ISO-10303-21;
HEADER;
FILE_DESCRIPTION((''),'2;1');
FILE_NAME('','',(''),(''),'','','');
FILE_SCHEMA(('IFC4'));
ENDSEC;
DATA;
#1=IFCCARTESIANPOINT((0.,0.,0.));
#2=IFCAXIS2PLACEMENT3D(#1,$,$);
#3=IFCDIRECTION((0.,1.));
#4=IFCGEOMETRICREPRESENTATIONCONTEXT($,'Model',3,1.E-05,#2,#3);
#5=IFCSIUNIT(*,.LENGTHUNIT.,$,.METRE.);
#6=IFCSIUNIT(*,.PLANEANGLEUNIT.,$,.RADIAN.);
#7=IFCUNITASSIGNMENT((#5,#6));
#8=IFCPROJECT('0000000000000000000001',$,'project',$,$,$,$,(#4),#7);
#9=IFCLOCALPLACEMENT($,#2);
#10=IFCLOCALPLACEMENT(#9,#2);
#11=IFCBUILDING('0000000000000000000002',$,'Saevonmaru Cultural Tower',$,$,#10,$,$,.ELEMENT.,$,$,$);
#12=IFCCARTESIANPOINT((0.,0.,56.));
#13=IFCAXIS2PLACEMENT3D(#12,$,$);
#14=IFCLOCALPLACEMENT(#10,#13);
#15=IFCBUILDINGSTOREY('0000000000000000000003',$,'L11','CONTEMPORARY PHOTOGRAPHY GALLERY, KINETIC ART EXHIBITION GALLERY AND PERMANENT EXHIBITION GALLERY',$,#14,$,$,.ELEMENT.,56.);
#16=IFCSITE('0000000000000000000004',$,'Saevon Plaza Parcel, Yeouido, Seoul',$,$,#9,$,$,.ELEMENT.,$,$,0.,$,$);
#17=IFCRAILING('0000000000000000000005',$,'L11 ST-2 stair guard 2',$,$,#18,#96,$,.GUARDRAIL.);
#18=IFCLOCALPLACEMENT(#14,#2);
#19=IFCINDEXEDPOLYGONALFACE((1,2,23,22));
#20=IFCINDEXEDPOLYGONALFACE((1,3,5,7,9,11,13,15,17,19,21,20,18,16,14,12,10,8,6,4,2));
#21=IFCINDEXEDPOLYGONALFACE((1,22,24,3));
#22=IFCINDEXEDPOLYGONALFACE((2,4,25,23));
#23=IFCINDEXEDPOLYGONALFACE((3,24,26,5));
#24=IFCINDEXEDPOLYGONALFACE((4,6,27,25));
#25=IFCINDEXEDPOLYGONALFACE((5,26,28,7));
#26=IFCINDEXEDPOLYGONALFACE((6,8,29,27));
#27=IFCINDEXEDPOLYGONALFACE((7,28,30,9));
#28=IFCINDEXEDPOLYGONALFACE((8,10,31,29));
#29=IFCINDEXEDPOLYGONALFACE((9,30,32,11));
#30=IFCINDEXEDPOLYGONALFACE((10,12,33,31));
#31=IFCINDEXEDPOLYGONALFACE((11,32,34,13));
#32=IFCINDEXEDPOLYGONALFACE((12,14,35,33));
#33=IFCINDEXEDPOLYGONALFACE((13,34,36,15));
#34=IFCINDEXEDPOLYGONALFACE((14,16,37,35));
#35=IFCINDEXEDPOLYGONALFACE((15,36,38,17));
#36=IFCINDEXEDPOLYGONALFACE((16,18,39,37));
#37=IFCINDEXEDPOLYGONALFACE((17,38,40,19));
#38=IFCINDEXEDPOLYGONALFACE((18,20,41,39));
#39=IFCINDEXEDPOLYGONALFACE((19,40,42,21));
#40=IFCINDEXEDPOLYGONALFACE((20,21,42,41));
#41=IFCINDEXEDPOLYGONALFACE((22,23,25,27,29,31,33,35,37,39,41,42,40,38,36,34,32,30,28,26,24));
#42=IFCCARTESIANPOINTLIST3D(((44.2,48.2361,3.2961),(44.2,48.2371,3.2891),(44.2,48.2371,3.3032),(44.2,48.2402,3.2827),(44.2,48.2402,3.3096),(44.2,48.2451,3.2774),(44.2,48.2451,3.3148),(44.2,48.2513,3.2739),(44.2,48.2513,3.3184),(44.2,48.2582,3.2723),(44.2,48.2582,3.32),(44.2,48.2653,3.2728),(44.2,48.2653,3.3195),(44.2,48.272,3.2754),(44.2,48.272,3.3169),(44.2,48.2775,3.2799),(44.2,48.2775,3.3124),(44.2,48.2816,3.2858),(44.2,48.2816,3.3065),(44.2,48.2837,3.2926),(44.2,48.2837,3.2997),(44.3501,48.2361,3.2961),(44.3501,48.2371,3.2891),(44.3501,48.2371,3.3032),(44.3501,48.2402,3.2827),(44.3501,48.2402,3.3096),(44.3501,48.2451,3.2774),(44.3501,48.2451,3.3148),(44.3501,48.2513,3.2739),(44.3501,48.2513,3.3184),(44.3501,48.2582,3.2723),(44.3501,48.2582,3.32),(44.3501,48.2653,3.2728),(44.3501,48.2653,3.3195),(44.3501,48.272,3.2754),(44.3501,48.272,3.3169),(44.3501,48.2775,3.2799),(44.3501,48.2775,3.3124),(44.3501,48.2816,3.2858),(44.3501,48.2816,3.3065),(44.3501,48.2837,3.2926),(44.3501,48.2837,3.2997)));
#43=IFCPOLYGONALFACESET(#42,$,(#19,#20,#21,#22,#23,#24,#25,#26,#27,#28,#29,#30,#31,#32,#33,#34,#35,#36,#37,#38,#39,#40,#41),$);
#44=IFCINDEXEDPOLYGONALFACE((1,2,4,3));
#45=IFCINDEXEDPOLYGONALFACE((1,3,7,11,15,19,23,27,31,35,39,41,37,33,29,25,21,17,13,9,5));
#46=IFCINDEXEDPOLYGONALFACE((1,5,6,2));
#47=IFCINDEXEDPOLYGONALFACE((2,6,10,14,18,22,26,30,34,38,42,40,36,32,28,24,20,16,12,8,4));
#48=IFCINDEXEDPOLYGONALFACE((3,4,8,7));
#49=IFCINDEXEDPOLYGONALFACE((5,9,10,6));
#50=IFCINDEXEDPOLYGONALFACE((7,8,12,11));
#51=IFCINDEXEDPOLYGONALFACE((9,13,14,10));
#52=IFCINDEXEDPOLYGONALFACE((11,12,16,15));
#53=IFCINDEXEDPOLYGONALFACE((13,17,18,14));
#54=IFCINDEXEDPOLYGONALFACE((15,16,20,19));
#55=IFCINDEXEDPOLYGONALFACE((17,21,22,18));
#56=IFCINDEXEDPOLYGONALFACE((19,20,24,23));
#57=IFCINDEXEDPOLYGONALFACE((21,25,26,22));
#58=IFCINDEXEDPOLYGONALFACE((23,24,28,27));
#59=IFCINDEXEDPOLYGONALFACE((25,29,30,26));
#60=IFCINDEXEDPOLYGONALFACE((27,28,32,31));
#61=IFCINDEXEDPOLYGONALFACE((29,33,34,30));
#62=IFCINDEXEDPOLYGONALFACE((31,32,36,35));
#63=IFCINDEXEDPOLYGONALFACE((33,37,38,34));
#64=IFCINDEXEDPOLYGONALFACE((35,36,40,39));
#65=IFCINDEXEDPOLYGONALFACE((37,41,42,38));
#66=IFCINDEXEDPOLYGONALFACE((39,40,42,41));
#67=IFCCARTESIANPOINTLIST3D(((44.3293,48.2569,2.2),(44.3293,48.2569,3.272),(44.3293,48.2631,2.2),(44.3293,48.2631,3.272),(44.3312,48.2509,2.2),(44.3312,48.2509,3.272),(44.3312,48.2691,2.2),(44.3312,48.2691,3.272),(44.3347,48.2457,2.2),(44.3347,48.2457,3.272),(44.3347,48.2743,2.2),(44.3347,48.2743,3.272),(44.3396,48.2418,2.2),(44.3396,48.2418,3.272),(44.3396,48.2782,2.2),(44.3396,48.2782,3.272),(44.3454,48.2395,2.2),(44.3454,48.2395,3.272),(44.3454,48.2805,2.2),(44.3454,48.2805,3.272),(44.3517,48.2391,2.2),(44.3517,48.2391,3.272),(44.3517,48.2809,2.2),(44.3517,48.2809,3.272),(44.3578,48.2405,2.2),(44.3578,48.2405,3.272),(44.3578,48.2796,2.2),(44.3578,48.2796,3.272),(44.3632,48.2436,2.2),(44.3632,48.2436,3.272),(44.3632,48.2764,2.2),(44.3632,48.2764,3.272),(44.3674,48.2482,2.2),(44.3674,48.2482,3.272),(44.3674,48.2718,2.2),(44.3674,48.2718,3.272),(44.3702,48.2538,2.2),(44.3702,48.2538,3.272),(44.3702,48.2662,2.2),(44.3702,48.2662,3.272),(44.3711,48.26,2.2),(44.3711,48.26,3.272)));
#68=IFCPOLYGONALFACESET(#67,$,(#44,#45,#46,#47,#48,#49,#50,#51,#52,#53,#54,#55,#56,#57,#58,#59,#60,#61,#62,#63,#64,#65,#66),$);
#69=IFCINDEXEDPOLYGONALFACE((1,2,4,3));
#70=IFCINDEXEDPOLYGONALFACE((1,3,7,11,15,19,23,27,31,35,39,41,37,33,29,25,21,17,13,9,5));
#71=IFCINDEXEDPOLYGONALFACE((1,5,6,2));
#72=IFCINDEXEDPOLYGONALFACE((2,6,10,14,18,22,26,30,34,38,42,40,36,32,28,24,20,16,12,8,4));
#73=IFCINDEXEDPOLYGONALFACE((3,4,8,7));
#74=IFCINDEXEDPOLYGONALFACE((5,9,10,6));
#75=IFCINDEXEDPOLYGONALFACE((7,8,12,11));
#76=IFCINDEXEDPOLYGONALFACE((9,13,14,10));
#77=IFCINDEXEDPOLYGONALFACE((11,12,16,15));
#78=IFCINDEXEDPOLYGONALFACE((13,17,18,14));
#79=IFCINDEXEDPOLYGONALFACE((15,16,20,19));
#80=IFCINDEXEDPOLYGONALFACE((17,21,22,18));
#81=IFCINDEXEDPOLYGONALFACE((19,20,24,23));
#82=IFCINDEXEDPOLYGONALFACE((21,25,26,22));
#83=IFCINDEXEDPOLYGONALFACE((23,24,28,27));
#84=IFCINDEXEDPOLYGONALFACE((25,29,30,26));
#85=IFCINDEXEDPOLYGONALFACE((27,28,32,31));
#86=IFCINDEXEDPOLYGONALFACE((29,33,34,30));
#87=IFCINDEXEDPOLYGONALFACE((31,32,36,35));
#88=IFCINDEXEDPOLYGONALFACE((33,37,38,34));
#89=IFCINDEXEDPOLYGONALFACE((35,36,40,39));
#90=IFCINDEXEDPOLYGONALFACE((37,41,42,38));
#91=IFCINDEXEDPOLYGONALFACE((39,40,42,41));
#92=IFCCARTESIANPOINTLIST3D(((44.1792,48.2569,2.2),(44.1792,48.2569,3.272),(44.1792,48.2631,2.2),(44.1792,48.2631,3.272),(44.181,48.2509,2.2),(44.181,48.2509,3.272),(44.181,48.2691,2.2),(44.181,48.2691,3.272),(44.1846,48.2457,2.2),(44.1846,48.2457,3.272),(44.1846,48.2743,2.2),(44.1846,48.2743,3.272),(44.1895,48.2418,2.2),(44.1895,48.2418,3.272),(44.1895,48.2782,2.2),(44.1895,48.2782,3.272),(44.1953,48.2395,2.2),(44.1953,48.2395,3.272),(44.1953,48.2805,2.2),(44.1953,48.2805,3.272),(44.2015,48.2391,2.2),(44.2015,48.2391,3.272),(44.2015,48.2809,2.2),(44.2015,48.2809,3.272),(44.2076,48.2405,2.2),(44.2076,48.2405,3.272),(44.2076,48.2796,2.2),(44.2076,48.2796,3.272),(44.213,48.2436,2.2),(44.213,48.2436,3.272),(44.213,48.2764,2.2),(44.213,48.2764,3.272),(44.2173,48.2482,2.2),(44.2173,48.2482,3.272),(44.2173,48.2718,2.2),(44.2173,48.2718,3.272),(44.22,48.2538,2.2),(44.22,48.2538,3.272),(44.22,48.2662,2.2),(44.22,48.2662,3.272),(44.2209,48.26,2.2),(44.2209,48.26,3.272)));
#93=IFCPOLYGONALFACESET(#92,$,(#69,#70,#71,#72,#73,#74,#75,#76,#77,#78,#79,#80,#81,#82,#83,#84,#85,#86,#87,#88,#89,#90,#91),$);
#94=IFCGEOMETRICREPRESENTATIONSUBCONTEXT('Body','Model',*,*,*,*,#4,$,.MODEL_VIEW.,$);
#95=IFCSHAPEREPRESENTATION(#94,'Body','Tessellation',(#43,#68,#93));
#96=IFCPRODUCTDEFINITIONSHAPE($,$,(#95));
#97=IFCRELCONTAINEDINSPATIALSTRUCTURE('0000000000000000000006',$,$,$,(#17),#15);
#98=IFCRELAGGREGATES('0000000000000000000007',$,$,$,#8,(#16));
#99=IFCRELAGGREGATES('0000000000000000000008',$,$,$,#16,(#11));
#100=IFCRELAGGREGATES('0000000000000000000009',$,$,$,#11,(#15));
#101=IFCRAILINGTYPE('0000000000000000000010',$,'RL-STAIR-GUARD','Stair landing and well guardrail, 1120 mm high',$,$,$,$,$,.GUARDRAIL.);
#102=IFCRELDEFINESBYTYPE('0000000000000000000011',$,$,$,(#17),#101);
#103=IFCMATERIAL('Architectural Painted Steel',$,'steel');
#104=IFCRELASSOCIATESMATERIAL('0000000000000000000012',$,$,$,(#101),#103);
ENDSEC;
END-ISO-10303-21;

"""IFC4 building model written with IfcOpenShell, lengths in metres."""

from ifc_helpers import new_model, si_unit, direction, frame, origin, origin_2d, place, context, subcontext, project, spatial, circle, extrude, material, type_object, element, save


model = new_model("IFC4")

# Units and contexts
model_context = context("Model", 3, precision=1e-05, world=origin(), true_north=direction((0.0, 1.0)))
body_context = subcontext(model_context, "Body", "Model", "MODEL_VIEW")
ifc_project = project(units=[si_unit("LENGTHUNIT", "METRE"), si_unit("PLANEANGLEUNIT", "RADIAN")], contexts=[model_context])

# Site, building, storey
site_placement = place(None, origin())
site = spatial("IfcSite", under=ifc_project, at=site_placement, Name="Saevon Plaza Parcel, Yeouido, Seoul", CompositionType="ELEMENT", RefElevation=0.0)
building_placement = place(site_placement, origin())
building = spatial("IfcBuilding", under=site, at=building_placement, Name="Saevonmaru Cultural Tower", CompositionType="ELEMENT")
storey_placement = place(building_placement, frame((0.0, 0.0, 56.0)))
storey = spatial("IfcBuildingStorey", under=building, at=storey_placement, Name="L11", Description="CONTEMPORARY PHOTOGRAPHY GALLERY, KINETIC ART EXHIBITION GALLERY AND PERMANENT EXHIBITION GALLERY", CompositionType="ELEMENT", Elevation=56.0)

# Railing
ifc_material_1 = material(Name="Architectural Painted Steel", Category="steel")
railing_type = type_object("IfcRailingType", Name="RL-STAIR-GUARD", Description="Stair landing and well guardrail, 1120 mm high", PredefinedType="GUARDRAIL", material=ifc_material_1)
railing_1_placement = place(storey_placement, frame((44.3501, 48.26, 2.2)))
element("IfcRailing", 1, at=railing_1_placement, inside=storey, type_object=railing_type, Name="L11 ST-2 stair guard 2", PredefinedType="GUARDRAIL", context=body_context, shape_type="SweptSolid", body=[
    extrude(circle(Radius=0.0239, at=origin_2d()), frame((0.0, 0.0, 1.0962), z_axis=(-1.0, 0.0, 0.0), x_axis=(0.0, -1.0, 0.0)), (0.0, 0.0, 1.0), 0.1501),
    extrude(circle(Radius=0.021, at=origin_2d()), origin(), (0.0, 0.0, 1.0), 1.072),
    extrude(circle(Radius=0.021, at=origin_2d()), frame((-0.1501, 0.0, 0.0)), (0.0, 0.0, 1.0), 1.072),
])

save(model, "model.ifc")
